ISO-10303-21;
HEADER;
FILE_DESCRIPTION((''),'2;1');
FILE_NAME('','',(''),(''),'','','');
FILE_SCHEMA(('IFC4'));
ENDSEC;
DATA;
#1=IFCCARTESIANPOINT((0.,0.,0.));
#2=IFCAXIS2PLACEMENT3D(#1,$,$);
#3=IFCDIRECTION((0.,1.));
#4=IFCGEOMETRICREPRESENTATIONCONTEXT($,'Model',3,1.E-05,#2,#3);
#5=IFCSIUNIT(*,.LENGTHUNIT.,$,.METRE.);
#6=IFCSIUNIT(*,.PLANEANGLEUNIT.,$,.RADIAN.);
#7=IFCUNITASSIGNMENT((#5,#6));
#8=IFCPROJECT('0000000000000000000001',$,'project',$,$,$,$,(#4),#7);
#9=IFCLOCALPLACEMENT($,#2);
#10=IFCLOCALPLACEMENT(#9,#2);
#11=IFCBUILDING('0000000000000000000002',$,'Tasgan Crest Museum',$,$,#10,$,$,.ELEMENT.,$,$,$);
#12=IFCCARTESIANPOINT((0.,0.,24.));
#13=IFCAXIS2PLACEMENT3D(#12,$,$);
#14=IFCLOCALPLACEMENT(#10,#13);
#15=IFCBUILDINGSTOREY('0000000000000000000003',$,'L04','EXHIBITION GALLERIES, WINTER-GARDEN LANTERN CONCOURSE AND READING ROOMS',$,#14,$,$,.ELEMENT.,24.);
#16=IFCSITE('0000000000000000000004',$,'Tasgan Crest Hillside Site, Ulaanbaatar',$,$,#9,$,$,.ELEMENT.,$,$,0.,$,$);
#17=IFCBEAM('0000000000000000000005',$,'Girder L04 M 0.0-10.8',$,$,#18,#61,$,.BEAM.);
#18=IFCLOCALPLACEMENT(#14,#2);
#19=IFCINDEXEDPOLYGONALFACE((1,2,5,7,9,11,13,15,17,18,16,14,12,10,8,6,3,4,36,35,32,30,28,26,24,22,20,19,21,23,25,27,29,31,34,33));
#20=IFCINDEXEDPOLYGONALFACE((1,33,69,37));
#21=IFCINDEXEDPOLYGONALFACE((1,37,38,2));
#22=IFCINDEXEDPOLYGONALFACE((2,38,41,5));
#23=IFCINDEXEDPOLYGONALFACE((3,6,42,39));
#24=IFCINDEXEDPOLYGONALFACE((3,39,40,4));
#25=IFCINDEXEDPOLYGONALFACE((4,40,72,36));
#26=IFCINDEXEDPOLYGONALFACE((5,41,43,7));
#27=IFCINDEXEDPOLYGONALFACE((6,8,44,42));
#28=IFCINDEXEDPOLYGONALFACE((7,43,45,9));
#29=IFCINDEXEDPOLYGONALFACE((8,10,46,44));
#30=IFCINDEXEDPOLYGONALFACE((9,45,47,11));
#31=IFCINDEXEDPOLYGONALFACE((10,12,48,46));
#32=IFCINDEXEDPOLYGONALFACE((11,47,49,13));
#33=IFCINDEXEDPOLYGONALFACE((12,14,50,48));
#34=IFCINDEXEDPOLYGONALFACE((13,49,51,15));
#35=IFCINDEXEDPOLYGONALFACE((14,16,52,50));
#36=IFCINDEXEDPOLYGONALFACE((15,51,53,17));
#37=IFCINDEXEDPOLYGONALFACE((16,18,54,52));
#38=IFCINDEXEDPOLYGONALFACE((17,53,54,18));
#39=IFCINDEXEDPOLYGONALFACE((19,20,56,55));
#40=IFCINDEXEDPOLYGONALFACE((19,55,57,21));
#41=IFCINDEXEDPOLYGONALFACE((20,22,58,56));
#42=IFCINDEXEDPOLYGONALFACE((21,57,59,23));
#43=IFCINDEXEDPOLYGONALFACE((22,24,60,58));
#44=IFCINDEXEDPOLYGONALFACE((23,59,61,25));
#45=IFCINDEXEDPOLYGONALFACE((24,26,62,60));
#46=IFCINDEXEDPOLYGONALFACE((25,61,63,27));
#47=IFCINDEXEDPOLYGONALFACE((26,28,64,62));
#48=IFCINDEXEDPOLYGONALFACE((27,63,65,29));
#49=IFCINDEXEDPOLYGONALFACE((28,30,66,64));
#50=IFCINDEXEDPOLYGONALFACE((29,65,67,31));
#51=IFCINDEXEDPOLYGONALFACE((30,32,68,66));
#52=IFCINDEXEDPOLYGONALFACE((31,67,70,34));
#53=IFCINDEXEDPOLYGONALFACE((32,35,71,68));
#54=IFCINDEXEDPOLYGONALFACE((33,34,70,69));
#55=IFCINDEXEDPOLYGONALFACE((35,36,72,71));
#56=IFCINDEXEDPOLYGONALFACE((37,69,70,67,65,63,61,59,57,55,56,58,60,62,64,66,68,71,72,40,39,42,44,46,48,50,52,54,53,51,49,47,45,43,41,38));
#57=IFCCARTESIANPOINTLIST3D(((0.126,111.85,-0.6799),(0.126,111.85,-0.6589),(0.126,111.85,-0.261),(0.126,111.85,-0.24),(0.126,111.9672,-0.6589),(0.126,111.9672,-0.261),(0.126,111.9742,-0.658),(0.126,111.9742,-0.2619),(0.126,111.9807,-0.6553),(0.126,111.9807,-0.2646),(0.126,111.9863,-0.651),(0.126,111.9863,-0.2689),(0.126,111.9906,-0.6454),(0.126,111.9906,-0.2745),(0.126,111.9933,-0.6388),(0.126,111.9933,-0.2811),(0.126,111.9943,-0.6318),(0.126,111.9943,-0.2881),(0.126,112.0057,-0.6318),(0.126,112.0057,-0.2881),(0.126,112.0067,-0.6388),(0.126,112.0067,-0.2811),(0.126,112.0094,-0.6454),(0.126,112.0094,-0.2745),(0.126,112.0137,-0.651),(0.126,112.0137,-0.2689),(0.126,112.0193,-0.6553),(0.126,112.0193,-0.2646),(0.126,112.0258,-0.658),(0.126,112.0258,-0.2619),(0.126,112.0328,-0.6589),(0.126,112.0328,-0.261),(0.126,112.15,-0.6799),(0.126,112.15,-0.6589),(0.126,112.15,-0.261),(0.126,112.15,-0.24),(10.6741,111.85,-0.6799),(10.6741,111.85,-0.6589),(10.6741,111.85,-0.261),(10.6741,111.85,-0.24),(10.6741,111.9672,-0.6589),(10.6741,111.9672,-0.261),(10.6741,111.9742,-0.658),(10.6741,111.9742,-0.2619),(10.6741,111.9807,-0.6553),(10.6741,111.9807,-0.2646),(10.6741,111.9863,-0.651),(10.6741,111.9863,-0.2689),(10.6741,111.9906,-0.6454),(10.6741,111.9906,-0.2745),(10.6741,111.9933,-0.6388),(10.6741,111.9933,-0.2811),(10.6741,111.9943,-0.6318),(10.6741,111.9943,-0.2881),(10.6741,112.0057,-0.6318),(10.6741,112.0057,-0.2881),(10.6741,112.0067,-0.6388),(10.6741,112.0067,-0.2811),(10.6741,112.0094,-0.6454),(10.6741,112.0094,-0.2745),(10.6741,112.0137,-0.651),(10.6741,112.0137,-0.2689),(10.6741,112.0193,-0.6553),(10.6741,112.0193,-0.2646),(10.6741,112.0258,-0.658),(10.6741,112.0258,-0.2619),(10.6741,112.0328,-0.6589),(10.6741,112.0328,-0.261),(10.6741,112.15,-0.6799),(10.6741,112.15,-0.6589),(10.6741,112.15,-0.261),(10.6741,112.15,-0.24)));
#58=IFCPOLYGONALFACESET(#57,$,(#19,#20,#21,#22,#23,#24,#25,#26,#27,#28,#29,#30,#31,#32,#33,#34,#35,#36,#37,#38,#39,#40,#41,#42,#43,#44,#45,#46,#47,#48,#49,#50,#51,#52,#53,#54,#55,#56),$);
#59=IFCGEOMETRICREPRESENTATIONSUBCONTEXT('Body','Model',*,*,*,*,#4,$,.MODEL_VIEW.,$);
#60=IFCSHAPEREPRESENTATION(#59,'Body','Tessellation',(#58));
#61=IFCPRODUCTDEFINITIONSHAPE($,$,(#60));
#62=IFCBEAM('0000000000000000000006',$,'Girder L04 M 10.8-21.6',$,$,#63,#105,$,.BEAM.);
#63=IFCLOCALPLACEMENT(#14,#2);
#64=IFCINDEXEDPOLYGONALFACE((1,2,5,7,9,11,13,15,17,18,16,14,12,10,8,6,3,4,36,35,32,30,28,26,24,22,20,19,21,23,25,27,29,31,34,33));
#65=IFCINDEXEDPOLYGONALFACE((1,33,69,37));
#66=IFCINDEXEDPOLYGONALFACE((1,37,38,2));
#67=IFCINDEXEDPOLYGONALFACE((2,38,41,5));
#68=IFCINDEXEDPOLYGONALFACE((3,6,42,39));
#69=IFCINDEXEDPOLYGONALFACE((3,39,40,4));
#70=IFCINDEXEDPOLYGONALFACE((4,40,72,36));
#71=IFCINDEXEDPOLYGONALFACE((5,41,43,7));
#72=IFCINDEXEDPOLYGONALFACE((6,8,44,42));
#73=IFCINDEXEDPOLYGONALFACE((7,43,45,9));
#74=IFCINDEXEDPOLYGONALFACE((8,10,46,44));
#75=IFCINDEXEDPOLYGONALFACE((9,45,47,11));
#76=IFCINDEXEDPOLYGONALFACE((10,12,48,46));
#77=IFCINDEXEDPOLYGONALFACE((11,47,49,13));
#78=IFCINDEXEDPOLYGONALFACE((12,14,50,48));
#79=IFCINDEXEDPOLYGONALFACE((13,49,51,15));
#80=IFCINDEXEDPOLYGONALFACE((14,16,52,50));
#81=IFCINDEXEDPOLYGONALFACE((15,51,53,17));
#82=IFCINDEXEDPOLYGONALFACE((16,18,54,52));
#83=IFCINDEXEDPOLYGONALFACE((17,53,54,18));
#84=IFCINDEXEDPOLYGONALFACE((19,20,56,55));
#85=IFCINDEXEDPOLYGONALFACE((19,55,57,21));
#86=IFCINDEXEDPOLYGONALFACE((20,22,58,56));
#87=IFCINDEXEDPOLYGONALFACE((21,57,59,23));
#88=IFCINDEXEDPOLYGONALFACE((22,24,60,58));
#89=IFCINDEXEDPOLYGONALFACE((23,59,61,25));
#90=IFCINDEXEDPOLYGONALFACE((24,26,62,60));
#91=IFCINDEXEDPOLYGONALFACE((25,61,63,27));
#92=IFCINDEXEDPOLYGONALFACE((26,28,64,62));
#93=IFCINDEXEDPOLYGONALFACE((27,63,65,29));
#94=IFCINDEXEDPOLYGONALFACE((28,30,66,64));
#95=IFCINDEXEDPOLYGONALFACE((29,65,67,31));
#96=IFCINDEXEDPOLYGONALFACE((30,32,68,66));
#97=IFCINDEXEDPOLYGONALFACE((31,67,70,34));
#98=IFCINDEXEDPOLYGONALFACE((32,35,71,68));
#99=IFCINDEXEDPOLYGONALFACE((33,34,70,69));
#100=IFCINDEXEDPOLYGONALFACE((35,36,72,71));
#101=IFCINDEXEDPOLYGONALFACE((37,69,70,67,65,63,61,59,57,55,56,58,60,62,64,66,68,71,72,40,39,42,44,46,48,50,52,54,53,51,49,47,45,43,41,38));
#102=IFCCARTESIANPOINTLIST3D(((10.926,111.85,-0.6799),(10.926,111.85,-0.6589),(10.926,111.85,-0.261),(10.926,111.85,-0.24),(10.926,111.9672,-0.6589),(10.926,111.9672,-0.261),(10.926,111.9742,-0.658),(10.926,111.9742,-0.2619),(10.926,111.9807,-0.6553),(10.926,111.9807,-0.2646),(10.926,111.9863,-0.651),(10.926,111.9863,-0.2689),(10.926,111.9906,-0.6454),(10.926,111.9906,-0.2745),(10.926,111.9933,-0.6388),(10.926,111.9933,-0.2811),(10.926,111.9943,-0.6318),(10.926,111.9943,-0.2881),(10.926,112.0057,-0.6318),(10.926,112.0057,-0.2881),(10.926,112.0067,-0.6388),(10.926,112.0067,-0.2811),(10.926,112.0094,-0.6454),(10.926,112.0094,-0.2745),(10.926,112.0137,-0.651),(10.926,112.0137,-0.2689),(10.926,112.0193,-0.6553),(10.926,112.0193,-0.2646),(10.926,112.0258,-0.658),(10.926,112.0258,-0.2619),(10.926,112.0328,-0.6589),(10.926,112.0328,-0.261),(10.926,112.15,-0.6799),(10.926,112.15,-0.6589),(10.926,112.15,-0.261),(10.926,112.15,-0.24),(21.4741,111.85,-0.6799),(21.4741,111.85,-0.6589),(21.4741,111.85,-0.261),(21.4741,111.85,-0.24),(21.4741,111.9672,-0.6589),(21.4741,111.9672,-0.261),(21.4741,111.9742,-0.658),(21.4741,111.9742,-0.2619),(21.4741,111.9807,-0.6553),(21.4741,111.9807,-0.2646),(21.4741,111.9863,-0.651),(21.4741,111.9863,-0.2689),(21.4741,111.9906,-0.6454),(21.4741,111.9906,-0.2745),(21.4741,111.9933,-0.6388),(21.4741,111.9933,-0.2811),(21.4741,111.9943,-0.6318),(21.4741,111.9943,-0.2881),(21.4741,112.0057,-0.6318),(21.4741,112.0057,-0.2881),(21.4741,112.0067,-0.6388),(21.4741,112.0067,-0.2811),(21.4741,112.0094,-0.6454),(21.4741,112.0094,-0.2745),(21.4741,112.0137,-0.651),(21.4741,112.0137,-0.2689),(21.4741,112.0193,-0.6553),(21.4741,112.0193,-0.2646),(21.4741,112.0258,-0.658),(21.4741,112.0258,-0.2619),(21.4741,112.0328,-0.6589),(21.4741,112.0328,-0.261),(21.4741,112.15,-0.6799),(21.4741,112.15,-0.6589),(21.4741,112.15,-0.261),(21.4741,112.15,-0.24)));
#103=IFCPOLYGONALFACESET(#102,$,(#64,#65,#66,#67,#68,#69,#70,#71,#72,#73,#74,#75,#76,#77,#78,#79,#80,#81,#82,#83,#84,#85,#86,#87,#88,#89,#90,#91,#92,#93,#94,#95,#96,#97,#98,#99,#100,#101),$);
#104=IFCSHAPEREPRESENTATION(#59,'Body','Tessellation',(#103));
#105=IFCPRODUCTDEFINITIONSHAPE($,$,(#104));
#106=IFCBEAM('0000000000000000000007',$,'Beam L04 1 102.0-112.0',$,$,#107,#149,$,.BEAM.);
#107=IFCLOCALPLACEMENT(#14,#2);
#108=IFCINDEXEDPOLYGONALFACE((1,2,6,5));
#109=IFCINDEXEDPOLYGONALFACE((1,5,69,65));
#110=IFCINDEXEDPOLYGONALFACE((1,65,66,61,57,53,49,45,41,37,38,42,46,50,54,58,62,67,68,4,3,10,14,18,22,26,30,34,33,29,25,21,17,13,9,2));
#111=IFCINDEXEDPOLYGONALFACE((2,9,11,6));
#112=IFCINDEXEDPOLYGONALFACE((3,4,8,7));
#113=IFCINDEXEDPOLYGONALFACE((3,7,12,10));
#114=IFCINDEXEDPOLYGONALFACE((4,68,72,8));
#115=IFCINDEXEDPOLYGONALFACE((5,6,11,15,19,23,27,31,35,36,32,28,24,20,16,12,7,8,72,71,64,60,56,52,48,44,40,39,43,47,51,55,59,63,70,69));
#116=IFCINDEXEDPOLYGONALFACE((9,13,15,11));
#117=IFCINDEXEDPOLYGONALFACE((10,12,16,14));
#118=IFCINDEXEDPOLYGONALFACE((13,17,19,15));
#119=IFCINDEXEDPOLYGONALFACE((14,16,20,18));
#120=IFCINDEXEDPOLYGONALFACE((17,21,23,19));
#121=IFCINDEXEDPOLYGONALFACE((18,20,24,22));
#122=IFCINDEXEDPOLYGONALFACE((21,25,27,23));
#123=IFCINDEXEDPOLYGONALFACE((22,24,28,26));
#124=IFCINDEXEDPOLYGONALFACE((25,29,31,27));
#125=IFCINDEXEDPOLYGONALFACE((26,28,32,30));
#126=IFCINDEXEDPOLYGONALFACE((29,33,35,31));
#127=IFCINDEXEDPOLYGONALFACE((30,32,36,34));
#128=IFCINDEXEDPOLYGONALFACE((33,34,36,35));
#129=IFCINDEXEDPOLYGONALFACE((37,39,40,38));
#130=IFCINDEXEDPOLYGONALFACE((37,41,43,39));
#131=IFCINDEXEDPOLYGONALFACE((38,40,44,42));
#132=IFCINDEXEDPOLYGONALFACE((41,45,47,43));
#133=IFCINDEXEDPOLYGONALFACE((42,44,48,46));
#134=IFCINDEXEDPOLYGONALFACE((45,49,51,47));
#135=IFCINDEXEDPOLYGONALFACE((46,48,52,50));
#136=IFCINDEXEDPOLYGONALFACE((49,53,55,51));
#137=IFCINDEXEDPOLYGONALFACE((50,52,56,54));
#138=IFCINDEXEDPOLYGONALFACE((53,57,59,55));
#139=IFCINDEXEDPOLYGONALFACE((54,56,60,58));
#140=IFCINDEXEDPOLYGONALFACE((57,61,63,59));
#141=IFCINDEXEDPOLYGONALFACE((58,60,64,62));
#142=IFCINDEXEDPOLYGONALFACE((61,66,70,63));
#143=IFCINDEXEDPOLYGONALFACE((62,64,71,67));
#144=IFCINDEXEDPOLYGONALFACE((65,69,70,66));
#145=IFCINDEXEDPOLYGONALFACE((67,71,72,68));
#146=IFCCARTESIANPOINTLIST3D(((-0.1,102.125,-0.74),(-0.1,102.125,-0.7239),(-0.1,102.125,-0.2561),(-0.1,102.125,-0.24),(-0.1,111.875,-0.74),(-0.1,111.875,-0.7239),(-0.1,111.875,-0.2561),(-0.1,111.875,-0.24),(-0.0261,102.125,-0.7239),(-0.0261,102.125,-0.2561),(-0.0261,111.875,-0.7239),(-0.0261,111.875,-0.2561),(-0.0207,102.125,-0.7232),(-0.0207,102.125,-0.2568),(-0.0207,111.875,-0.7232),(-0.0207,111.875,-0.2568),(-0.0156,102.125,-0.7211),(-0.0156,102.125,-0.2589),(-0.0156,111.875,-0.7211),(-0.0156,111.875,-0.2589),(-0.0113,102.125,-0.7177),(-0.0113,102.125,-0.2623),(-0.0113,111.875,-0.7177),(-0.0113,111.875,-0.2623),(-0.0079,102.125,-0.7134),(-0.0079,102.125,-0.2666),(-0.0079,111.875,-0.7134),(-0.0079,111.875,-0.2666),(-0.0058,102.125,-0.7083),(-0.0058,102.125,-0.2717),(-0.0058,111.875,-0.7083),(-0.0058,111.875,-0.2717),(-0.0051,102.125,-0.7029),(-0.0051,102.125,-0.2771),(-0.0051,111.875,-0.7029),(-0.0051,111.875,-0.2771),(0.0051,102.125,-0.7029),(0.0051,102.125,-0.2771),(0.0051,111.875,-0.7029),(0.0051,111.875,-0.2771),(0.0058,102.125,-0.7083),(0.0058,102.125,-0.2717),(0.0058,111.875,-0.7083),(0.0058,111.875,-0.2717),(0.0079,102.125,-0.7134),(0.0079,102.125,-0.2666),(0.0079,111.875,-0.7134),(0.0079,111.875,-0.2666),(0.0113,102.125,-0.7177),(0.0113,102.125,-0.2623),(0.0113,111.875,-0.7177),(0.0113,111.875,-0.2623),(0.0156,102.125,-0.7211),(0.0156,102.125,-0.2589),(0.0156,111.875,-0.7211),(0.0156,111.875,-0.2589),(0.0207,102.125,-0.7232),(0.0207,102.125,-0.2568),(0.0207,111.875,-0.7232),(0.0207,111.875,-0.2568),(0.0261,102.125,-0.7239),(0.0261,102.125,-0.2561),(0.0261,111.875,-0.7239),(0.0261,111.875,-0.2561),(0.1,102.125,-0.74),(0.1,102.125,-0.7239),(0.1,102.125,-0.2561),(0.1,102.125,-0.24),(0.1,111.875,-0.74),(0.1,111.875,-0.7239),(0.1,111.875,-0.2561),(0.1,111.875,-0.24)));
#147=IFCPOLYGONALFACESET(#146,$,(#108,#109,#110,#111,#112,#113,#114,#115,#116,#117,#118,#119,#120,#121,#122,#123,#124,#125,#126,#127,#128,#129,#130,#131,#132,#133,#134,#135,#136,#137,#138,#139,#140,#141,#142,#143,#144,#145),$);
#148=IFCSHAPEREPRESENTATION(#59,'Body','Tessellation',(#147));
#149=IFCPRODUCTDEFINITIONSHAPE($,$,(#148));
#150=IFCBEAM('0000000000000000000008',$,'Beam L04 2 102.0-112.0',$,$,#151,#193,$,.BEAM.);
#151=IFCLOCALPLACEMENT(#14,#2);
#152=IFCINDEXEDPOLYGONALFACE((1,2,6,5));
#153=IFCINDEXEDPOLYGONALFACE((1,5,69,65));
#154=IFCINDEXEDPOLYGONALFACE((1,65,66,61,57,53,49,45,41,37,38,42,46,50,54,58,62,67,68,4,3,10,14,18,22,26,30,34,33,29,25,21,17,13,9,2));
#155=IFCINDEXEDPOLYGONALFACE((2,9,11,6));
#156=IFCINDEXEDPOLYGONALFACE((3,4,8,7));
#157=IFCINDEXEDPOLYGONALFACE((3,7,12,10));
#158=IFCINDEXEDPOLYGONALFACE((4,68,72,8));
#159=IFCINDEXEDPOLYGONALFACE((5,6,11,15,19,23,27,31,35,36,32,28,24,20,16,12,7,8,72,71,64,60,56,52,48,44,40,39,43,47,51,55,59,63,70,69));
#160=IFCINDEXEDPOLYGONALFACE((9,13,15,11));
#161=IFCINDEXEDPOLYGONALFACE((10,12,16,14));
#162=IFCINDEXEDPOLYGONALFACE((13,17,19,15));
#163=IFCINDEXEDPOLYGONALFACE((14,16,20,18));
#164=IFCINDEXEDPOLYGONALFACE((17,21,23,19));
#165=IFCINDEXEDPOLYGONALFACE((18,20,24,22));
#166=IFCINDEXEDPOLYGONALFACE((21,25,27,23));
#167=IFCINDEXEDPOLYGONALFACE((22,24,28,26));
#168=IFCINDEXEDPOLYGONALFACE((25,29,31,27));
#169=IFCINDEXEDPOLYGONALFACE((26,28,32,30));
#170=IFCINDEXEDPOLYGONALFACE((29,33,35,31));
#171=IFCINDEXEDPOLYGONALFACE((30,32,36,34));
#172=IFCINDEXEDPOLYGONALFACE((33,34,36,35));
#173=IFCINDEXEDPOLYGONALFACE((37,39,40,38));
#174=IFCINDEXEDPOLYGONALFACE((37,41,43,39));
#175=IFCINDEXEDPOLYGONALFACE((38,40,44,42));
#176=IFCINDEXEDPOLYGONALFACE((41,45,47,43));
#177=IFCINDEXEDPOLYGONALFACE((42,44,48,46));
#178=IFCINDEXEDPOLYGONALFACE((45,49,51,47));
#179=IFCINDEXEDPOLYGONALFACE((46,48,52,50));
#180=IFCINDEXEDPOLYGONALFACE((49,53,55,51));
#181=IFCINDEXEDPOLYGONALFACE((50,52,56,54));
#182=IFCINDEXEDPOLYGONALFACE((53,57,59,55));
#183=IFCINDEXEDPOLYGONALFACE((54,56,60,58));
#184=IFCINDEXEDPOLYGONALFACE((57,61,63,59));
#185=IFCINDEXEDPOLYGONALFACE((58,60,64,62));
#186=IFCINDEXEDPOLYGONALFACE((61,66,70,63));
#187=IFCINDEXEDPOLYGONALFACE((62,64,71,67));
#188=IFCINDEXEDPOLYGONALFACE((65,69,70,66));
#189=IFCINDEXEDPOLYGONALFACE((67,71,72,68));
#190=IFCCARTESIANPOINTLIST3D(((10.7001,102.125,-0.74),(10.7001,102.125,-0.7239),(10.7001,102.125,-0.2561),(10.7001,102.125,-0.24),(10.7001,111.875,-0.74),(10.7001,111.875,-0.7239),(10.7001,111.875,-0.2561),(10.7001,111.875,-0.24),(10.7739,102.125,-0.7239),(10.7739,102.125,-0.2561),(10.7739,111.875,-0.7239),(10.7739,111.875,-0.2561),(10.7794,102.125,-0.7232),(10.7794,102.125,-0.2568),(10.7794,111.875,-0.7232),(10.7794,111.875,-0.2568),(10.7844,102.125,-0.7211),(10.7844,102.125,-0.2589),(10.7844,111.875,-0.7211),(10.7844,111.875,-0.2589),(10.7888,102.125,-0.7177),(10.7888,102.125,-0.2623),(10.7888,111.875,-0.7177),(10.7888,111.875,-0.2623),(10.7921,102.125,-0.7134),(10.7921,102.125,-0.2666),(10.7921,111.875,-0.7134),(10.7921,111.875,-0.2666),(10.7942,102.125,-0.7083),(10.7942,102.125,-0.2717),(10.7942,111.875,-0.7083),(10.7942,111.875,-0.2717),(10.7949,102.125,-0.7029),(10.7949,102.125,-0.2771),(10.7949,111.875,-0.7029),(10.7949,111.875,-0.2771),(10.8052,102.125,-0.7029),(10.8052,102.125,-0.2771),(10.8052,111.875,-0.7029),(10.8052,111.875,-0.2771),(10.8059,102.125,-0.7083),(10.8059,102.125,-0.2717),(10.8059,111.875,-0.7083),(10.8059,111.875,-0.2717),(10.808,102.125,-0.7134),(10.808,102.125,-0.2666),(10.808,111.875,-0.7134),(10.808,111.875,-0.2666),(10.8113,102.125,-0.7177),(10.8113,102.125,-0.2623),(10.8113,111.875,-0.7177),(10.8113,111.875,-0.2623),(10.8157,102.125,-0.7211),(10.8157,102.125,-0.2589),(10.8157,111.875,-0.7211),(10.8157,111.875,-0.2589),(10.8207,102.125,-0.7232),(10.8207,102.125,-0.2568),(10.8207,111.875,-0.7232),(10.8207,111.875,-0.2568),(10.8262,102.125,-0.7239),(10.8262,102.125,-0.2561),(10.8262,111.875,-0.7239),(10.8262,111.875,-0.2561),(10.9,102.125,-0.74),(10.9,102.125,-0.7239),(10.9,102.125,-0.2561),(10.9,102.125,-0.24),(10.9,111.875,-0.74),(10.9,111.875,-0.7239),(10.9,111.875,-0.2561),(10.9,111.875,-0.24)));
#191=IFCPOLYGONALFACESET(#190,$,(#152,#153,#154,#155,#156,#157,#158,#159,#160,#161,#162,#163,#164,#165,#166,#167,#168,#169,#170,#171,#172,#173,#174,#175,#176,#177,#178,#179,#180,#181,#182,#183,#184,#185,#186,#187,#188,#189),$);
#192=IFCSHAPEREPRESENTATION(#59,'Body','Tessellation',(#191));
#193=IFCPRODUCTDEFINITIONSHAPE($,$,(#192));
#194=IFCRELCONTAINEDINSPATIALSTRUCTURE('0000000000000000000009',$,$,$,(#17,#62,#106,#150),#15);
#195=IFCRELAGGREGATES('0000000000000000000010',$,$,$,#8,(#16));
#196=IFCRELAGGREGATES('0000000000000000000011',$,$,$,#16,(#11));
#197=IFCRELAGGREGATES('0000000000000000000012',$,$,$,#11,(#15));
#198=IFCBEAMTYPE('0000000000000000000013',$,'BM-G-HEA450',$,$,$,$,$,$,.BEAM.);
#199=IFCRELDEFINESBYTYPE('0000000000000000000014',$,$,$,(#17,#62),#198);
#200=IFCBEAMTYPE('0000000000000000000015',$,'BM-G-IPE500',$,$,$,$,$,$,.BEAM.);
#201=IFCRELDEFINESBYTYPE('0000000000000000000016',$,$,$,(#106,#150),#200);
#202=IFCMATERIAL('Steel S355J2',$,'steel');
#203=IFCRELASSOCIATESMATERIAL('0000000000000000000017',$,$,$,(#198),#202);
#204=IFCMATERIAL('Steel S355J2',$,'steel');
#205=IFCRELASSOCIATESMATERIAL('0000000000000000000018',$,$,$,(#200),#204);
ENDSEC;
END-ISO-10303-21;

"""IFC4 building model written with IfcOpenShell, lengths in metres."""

from ifc_helpers import new_model, si_unit, direction, frame, origin, origin_2d, place, context, subcontext, project, spatial, i_section, extrude, material, material_profile, profile_set, type_object, element, save


model = new_model("IFC4")

# Units and contexts
model_context = context("Model", 3, precision=1e-05, world=origin(), true_north=direction((0.0, 1.0)))
body_context = subcontext(model_context, "Body", "Model", "MODEL_VIEW")
ifc_project = project(units=[si_unit("LENGTHUNIT", "METRE"), si_unit("PLANEANGLEUNIT", "RADIAN")], contexts=[model_context])

# Site, building, storey
site_placement = place(None, origin())
site = spatial("IfcSite", under=ifc_project, at=site_placement, Name="Tasgan Crest Hillside Site, Ulaanbaatar", CompositionType="ELEMENT", RefElevation=0.0)
building_placement = place(site_placement, origin())
building = spatial("IfcBuilding", under=site, at=building_placement, Name="Tasgan Crest Museum", CompositionType="ELEMENT")
storey_placement = place(building_placement, frame((0.0, 0.0, 24.0)))
storey = spatial("IfcBuildingStorey", under=building, at=storey_placement, Name="L04", Description="EXHIBITION GALLERIES, WINTER-GARDEN LANTERN CONCOURSE AND READING ROOMS", CompositionType="ELEMENT", Elevation=24.0)

# Beams
ifc_material_1 = material(Name="Steel S355J2", Category="steel")
ifc_material_profile_1 = material_profile(ifc_material_1, i_section(OverallWidth=0.3, OverallDepth=0.4399, WebThickness=0.0115, FlangeThickness=0.021, FilletRadius=0.0271, at=origin_2d()), Name="HEA 450")
ifc_profile_set_1 = profile_set([ifc_material_profile_1], Name="Steel S355J2")
beam_type_1 = type_object("IfcBeamType", Name="BM-G-HEA450", PredefinedType="BEAM", material=ifc_profile_set_1)
for number, where, z_axis, x_axis, name in (
    (1, (0.126, 112.0, -0.46), (1.0, 0.0, 0.0), (0.0, 1.0, 0.0), "Girder L04 M 0.0-10.8"),
    (2, (10.926, 112.0, -0.46), (1.0, 0.0, 0.0), (0.0, 1.0, 0.0), "Girder L04 M 10.8-21.6"),
):
    element("IfcBeam", number, at=place(storey_placement, frame(where, z_axis=z_axis, x_axis=x_axis)), inside=storey, type_object=beam_type_1, Name=name, PredefinedType="BEAM", context=body_context, shape_type="SweptSolid", body=[
        extrude(i_section(OverallWidth=0.3, OverallDepth=0.4399, WebThickness=0.0115, FlangeThickness=0.021, FilletRadius=0.0271, at=origin_2d()), origin(), (0.0, 0.0, 1.0), 10.5481),
    ])
ifc_material_2 = material(Name="Steel S355J2", Category="steel")
ifc_material_profile_2 = material_profile(ifc_material_2, i_section(OverallWidth=0.2, OverallDepth=0.5, WebThickness=0.0103, FlangeThickness=0.0161, FilletRadius=0.021, at=origin_2d()), Name="IPE 500")
ifc_profile_set_2 = profile_set([ifc_material_profile_2], Name="Steel S355J2")
beam_type_2 = type_object("IfcBeamType", Name="BM-G-IPE500", PredefinedType="BEAM", material=ifc_profile_set_2)
for number, where, z_axis, x_axis, name in (
    (3, (0.0, 102.125, -0.49), (0.0, 1.0, 0.0), (-1.0, 0.0, 0.0), "Beam L04 1 102.0-112.0"),
    (4, (10.8, 102.125, -0.49), (0.0, 1.0, 0.0), (-1.0, 0.0, 0.0), "Beam L04 2 102.0-112.0"),
):
    element("IfcBeam", number, at=place(storey_placement, frame(where, z_axis=z_axis, x_axis=x_axis)), inside=storey, type_object=beam_type_2, Name=name, PredefinedType="BEAM", context=body_context, shape_type="SweptSolid", body=[
        extrude(i_section(OverallWidth=0.2, OverallDepth=0.5, WebThickness=0.0103, FlangeThickness=0.0161, FilletRadius=0.021, at=origin_2d()), origin(), (0.0, 0.0, 1.0), 9.75),
    ])

save(model, "model.ifc")
